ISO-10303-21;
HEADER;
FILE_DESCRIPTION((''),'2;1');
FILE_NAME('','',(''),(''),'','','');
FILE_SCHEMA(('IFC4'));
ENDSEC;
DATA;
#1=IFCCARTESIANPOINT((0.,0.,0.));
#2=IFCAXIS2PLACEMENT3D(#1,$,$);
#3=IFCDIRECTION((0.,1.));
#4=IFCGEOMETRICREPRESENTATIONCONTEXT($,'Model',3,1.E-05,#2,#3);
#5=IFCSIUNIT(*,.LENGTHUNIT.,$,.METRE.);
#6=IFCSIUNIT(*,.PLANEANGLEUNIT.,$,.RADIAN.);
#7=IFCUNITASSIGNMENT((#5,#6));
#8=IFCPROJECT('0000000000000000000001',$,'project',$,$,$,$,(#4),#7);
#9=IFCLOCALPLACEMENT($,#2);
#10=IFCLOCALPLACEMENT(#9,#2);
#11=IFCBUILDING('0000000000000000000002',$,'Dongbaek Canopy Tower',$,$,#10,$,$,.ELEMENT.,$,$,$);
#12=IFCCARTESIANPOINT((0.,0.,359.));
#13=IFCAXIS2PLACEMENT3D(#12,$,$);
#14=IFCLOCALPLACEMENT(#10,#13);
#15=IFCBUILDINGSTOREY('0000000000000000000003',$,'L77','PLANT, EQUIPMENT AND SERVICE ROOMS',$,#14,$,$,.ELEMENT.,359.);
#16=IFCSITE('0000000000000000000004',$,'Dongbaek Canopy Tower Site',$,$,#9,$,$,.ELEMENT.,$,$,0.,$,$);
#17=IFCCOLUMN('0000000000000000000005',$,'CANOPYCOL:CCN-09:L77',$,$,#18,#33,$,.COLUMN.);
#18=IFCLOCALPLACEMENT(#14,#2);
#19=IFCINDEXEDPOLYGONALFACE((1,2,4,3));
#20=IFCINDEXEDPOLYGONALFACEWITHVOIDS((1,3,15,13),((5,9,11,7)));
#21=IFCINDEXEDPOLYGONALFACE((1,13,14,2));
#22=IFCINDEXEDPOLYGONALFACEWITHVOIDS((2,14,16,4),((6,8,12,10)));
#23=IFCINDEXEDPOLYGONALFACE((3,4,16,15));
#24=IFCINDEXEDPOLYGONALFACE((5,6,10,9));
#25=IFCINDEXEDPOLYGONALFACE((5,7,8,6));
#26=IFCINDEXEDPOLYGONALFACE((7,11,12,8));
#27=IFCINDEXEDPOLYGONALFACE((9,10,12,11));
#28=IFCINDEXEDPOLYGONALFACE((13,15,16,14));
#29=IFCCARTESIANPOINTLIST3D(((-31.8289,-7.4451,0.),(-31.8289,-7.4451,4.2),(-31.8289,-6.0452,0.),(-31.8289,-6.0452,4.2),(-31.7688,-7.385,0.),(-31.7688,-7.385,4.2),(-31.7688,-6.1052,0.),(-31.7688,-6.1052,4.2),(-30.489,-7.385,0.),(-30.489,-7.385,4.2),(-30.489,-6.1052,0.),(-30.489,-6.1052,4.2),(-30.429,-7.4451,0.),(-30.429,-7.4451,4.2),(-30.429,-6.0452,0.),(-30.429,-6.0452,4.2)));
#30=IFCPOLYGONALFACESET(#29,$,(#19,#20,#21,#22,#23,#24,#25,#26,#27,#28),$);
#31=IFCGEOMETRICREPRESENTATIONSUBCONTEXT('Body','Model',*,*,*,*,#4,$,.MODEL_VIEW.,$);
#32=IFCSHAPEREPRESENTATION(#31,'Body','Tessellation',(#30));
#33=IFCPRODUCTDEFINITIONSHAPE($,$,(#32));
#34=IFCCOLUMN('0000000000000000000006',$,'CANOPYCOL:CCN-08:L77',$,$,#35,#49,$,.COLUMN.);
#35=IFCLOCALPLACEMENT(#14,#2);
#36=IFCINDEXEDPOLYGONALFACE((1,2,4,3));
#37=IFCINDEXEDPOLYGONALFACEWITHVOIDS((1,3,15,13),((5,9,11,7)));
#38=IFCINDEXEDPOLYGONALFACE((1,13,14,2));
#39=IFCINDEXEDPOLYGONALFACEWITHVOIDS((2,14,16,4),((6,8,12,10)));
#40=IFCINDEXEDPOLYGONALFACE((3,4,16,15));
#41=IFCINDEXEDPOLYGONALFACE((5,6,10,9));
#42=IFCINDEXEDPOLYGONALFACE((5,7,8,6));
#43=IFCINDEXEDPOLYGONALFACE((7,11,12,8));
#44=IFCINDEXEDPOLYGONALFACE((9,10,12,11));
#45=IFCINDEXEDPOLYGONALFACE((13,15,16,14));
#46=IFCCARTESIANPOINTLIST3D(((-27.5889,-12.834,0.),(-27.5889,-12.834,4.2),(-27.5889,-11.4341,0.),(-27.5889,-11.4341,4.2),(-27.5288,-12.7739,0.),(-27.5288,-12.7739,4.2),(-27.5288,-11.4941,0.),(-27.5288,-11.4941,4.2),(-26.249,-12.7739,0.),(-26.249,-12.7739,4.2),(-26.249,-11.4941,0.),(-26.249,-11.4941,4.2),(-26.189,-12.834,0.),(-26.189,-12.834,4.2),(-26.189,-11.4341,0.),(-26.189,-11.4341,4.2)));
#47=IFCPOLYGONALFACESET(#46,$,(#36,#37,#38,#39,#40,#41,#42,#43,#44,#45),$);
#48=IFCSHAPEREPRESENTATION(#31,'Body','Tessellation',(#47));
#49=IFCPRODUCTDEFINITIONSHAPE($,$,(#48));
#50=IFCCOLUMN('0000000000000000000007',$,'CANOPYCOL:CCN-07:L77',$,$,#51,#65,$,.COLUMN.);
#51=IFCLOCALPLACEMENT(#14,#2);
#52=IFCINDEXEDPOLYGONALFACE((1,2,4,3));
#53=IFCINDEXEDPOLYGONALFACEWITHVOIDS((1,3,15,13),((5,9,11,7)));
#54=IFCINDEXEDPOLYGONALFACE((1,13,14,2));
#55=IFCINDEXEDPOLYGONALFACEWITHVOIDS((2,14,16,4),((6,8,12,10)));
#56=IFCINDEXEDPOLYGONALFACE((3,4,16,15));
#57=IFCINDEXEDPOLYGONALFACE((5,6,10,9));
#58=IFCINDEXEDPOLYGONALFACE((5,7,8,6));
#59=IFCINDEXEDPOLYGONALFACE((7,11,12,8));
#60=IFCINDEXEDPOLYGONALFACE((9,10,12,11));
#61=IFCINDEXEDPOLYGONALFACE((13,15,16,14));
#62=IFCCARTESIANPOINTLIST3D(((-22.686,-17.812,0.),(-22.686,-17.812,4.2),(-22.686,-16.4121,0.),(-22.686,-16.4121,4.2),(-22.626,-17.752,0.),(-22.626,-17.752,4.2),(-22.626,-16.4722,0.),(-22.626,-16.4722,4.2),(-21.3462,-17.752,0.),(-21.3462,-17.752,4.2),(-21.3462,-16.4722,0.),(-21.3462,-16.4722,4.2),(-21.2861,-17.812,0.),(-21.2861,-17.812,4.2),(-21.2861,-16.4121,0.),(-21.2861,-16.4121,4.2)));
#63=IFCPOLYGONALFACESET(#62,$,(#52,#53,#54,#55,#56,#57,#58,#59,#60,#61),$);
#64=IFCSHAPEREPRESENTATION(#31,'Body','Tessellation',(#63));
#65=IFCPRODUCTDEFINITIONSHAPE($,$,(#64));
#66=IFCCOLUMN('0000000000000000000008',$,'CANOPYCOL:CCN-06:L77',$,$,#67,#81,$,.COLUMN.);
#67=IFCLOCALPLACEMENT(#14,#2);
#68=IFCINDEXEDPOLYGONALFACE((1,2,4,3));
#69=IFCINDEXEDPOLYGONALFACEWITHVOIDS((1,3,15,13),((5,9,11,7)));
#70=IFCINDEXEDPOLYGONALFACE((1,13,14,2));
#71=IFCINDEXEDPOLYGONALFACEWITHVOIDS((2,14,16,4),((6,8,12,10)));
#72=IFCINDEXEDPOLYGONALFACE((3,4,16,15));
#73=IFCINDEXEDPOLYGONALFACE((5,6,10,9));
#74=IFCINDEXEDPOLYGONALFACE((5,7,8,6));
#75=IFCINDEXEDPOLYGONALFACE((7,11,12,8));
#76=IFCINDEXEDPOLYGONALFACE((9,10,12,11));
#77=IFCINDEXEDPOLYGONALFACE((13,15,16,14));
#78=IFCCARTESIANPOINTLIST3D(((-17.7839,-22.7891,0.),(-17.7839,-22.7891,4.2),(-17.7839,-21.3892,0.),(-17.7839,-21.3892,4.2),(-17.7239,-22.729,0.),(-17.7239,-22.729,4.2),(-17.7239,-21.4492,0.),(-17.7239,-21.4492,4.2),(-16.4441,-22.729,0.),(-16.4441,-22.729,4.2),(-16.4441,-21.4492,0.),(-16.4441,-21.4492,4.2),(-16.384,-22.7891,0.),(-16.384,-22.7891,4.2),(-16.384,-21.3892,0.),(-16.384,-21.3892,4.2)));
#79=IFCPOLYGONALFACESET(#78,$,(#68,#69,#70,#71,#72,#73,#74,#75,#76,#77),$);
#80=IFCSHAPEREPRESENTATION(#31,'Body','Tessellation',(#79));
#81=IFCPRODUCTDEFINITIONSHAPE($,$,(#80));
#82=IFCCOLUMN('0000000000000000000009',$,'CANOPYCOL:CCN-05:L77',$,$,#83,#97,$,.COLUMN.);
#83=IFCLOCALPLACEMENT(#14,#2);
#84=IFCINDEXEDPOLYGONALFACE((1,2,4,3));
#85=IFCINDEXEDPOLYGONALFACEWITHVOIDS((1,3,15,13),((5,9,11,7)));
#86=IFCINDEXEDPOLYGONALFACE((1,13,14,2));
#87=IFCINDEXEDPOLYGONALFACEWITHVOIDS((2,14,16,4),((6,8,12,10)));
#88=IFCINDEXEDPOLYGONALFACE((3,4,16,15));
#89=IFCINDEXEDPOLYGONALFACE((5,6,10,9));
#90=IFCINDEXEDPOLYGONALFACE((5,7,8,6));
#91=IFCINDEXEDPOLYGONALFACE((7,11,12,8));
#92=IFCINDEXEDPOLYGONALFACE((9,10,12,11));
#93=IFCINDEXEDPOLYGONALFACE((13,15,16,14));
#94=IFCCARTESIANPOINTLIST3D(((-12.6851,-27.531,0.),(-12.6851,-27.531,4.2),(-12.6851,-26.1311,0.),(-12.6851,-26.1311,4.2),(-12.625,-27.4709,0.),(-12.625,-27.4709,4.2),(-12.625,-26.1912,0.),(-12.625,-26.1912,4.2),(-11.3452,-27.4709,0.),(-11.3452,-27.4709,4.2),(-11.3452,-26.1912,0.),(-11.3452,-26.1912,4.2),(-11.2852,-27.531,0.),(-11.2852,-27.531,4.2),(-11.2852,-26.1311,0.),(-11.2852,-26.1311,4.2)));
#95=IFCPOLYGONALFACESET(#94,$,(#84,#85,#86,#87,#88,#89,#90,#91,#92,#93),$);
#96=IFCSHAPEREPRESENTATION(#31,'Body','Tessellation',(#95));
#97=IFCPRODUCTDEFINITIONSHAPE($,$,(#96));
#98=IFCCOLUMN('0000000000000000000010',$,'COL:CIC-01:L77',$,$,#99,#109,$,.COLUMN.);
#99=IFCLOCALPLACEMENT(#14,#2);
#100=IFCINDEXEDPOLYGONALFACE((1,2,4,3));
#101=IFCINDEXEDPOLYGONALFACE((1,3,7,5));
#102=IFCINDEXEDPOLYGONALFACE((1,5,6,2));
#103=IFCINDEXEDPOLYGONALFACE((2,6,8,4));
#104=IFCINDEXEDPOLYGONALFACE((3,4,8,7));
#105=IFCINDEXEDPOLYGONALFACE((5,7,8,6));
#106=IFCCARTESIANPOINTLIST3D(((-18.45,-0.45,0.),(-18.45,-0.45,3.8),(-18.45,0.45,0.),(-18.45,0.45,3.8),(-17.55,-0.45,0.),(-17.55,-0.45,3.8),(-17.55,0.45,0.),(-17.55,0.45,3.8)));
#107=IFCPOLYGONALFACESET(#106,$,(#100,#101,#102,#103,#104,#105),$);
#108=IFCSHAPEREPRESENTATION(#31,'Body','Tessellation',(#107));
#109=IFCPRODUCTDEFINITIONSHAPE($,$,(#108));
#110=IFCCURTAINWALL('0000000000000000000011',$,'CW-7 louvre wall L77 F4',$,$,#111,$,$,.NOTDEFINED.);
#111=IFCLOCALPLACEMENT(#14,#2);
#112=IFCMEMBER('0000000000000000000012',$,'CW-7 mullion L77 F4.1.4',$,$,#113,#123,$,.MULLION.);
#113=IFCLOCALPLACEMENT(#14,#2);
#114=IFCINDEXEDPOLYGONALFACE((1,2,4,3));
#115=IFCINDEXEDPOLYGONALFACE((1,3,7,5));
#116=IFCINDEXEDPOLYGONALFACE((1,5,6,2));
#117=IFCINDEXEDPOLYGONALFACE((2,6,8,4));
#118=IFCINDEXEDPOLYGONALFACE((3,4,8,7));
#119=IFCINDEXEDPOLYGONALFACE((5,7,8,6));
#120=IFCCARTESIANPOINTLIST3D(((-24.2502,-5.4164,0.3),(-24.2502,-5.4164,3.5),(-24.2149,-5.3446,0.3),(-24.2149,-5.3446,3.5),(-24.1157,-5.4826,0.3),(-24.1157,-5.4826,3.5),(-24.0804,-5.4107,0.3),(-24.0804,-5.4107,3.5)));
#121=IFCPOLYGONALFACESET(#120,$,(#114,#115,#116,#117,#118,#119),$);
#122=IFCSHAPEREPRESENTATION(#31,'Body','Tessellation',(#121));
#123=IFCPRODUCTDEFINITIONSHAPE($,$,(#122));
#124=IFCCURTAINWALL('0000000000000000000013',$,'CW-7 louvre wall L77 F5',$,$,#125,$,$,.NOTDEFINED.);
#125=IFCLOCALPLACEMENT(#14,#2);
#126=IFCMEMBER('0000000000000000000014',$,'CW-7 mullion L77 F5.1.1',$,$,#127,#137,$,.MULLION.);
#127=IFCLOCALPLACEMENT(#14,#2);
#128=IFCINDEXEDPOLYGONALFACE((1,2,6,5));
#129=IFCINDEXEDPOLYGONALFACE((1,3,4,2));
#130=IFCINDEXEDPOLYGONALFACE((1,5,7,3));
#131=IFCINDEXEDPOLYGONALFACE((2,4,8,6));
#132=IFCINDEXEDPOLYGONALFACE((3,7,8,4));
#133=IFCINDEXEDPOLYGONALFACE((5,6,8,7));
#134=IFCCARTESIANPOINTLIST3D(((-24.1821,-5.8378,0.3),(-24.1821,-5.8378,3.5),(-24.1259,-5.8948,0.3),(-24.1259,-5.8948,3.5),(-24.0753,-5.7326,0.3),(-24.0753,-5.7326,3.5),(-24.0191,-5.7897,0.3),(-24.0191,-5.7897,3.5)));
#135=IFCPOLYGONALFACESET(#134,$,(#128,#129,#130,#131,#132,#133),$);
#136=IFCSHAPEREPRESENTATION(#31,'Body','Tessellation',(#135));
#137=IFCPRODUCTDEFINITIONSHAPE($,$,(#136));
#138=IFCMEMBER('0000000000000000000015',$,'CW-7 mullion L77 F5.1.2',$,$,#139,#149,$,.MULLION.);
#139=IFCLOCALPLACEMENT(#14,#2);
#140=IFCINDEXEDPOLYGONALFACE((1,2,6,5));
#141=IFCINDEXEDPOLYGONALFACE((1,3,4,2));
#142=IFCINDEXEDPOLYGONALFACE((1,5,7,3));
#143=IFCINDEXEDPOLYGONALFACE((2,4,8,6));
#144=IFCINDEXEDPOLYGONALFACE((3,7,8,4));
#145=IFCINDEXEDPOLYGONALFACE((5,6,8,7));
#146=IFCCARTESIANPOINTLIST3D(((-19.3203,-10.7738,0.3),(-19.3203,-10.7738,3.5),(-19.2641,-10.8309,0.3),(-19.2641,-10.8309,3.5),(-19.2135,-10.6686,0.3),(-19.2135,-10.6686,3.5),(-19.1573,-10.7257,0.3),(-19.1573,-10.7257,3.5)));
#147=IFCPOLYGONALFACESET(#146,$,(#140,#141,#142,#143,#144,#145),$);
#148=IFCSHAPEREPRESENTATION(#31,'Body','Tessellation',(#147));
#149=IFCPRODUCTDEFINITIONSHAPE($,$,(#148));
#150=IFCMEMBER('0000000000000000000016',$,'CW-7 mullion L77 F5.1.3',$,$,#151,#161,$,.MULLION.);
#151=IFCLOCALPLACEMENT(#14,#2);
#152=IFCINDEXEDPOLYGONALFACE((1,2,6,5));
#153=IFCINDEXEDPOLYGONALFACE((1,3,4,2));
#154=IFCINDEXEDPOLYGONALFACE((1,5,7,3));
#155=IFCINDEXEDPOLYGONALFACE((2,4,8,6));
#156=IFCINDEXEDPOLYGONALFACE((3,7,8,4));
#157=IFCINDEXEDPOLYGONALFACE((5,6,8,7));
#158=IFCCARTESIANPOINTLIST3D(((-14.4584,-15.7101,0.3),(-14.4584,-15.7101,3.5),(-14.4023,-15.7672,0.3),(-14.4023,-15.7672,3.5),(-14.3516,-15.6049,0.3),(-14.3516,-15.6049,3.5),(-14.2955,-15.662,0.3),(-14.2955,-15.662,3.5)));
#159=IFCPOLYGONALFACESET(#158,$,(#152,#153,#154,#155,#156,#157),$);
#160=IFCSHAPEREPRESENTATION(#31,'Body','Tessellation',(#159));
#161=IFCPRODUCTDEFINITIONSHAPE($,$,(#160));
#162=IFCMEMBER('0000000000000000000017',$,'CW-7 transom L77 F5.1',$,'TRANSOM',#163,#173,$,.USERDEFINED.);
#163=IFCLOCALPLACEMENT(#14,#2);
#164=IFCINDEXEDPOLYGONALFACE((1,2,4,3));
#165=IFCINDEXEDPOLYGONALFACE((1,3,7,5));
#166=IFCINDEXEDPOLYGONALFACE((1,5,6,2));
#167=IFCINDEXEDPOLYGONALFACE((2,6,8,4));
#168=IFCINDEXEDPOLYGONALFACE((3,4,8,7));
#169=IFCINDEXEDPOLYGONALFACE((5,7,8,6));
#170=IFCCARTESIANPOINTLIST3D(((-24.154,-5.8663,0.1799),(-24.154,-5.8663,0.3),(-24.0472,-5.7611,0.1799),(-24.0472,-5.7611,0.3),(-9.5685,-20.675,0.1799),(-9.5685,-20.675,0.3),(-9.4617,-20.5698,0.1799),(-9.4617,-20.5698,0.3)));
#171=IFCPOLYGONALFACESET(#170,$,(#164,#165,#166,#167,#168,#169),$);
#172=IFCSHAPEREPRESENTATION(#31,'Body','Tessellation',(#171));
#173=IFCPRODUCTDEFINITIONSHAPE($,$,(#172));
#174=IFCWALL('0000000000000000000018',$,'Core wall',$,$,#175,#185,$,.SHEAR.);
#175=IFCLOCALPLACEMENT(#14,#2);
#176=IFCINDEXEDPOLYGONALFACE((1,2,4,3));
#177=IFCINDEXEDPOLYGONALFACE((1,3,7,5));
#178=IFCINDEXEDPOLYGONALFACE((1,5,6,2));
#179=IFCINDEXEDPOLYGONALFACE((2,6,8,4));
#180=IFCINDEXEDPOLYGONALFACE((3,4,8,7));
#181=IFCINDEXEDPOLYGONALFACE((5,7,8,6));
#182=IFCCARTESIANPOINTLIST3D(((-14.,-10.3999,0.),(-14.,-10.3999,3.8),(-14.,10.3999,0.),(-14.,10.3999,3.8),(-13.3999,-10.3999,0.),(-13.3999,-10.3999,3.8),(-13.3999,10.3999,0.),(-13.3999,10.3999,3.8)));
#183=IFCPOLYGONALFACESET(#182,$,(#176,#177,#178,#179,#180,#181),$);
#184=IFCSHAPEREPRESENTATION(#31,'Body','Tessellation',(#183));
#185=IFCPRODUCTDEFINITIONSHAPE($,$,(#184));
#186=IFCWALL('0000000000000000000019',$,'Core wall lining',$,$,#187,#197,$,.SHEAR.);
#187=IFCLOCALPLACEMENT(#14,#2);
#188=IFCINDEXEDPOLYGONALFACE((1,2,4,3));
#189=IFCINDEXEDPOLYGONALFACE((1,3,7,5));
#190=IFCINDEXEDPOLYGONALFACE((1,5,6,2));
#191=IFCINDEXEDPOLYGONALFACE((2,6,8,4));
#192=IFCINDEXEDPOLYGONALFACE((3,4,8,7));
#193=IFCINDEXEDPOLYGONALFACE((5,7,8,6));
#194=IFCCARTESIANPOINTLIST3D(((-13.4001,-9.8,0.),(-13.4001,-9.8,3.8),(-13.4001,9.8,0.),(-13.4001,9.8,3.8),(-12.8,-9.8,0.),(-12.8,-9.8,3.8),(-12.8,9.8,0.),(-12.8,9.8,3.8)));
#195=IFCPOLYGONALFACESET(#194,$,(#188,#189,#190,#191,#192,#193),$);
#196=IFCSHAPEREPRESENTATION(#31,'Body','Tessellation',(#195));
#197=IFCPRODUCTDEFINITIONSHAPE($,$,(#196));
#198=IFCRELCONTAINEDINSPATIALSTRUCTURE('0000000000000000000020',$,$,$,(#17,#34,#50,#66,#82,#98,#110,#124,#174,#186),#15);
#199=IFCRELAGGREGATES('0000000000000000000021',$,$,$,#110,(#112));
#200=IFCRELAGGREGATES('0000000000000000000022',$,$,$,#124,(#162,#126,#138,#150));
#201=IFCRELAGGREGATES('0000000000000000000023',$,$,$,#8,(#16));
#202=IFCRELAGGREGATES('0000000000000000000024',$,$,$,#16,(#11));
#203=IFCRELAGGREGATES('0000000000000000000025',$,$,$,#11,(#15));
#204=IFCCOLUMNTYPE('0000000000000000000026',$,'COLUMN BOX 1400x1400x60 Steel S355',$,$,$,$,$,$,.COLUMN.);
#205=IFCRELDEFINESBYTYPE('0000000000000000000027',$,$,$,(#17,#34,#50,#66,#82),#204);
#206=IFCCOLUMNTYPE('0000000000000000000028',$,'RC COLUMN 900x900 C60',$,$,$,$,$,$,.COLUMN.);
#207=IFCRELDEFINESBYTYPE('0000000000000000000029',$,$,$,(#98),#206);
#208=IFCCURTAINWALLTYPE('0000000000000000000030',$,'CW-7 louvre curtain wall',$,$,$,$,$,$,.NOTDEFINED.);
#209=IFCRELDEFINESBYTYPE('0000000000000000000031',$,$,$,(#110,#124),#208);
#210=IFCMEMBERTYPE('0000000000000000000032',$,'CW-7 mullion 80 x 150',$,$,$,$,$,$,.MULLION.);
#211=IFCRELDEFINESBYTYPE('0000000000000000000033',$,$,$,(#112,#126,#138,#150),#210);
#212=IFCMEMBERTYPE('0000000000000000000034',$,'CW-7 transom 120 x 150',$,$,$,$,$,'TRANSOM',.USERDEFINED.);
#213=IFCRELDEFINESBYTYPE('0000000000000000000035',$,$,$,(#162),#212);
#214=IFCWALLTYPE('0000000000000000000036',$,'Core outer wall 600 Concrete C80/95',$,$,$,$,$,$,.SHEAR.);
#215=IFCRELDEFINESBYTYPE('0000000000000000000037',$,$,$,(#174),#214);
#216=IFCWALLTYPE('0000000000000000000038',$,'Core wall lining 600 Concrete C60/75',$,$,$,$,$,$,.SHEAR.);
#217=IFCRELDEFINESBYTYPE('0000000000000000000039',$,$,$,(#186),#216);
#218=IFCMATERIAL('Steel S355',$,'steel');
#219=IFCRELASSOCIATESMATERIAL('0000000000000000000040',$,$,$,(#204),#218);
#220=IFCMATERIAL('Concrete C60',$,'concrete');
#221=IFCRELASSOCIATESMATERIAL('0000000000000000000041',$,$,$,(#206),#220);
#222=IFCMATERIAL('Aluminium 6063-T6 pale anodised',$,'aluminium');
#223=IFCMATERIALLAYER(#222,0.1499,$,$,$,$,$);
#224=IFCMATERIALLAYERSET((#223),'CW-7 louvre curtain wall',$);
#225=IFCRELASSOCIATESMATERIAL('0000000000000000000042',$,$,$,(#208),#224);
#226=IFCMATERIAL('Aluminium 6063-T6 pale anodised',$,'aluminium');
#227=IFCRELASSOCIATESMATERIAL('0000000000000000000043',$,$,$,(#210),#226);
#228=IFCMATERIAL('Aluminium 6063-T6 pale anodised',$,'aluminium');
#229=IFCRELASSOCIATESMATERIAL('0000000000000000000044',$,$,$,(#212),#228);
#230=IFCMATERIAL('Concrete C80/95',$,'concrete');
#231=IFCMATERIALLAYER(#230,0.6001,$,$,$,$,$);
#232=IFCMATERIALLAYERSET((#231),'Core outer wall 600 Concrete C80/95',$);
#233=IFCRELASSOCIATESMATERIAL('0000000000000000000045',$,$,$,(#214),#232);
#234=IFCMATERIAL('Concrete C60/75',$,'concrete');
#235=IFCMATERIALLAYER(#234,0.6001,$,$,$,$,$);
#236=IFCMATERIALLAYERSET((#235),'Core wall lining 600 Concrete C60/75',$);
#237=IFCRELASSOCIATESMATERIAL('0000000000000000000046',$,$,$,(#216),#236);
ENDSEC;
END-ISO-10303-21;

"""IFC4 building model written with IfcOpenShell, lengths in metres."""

from ifc_helpers import new_model, si_unit, direction, frame, frame_2d, origin, origin_2d, place, context, subcontext, project, spatial, rectangle, hollow_rectangle, extrude, material, layer, layer_set, material_profile, profile_set, type_object, element, aggregate, save


model = new_model("IFC4")

# Units and contexts
model_context = context("Model", 3, precision=1e-05, world=origin(), true_north=direction((0.0, 1.0)))
body_context = subcontext(model_context, "Body", "Model", "MODEL_VIEW")
ifc_project = project(units=[si_unit("LENGTHUNIT", "METRE"), si_unit("PLANEANGLEUNIT", "RADIAN")], contexts=[model_context])

# Site, building, storey
site_placement = place(None, origin())
site = spatial("IfcSite", under=ifc_project, at=site_placement, Name="Dongbaek Canopy Tower Site", CompositionType="ELEMENT", RefElevation=0.0)
building_placement = place(site_placement, origin())
building = spatial("IfcBuilding", under=site, at=building_placement, Name="Dongbaek Canopy Tower", CompositionType="ELEMENT")
storey_placement = place(building_placement, frame((0.0, 0.0, 359.0)))
storey = spatial("IfcBuildingStorey", under=building, at=storey_placement, Name="L77", Description="PLANT, EQUIPMENT AND SERVICE ROOMS", CompositionType="ELEMENT", Elevation=359.0)

# Columns
ifc_material_1 = material(Name="Steel S355", Category="steel")
ifc_material_profile_1 = material_profile(ifc_material_1, hollow_rectangle(XDim=1.3999, YDim=1.3999, WallThickness=0.0601, at=origin_2d()), Name="COLUMN BOX 1400x1400x60 Steel S355")
ifc_profile_set_1 = profile_set([ifc_material_profile_1], Name="Steel S355")
column_type_1 = type_object("IfcColumnType", Name="COLUMN BOX 1400x1400x60 Steel S355", PredefinedType="COLUMN", material=ifc_profile_set_1)
for number, where, z_axis, x_axis, name in (
    (1, (-31.1289, -6.7451, 0.0), (0.0, 0.0, 1.0), (1.0, 0.0, 0.0), "CANOPYCOL:CCN-09:L77"),
    (2, (-26.8889, -12.134, 0.0), (0.0, 0.0, 1.0), (1.0, 0.0, 0.0), "CANOPYCOL:CCN-08:L77"),
    (3, (-21.9861, -17.1121, 0.0), (0.0, 0.0, 1.0), (1.0, 0.0, 0.0), "CANOPYCOL:CCN-07:L77"),
    (4, (-17.084, -22.0891, 0.0), (0.0, 0.0, 1.0), (1.0, 0.0, 0.0), "CANOPYCOL:CCN-06:L77"),
    (5, (-11.9851, -26.8311, 0.0), (0.0, 0.0, 1.0), (1.0, 0.0, 0.0), "CANOPYCOL:CCN-05:L77"),
):
    element("IfcColumn", number, at=place(storey_placement, frame(where, z_axis=z_axis, x_axis=x_axis)), inside=storey, type_object=column_type_1, Name=name, PredefinedType="COLUMN", context=body_context, shape_type="SweptSolid", body=[
        extrude(hollow_rectangle(XDim=1.3999, YDim=1.3999, WallThickness=0.0601, at=origin_2d()), origin(), (0.0, 0.0, 1.0), 4.2),
    ])
ifc_material_2 = material(Name="Concrete C60", Category="concrete")
ifc_material_profile_2 = material_profile(ifc_material_2, rectangle(XDim=0.8999, YDim=0.8999, at=origin_2d()), Name="RC COLUMN 900x900 C60")
ifc_profile_set_2 = profile_set([ifc_material_profile_2], Name="Concrete C60")
column_type_2 = type_object("IfcColumnType", Name="RC COLUMN 900x900 C60", PredefinedType="COLUMN", material=ifc_profile_set_2)
column_placement = place(storey_placement, frame((-18.0, 0.0, 0.0), z_axis=(0.0, 0.0, 1.0), x_axis=(1.0, 0.0, 0.0)))
element("IfcColumn", 6, at=column_placement, inside=storey, type_object=column_type_2, Name="COL:CIC-01:L77", PredefinedType="COLUMN", context=body_context, shape_type="SweptSolid", body=[
    extrude(rectangle(XDim=0.8999, YDim=0.8999, at=origin_2d()), origin(), (0.0, 0.0, 1.0), 3.8),
])

# Curtain wall, member
ifc_material_3 = material(Name="Aluminium 6063-T6 pale anodised", Category="aluminium")
ifc_layer_1 = layer(ifc_material_3, 0.1499)
ifc_layer_set_1 = layer_set([ifc_layer_1], Name="CW-7 louvre curtain wall")
curtain_wall_type = type_object("IfcCurtainWallType", Name="CW-7 louvre curtain wall", PredefinedType="NOTDEFINED", material=ifc_layer_set_1)
curtain_wall_1_placement = place(storey_placement, origin())
curtain_wall_1 = element("IfcCurtainWall", 7, at=curtain_wall_1_placement, inside=storey, type_object=curtain_wall_type, Name="CW-7 louvre wall L77 F4", PredefinedType="NOTDEFINED")
ifc_material_4 = material(Name="Aluminium 6063-T6 pale anodised", Category="aluminium")
ifc_material_profile_3 = material_profile(ifc_material_4, rectangle(XDim=0.1499, YDim=0.0801, at=origin_2d()), Name="CW-7 mullion 80 x 150")
ifc_profile_set_3 = profile_set([ifc_material_profile_3], Name="Aluminium 6063-T6 pale anodised")
member_type_1 = type_object("IfcMemberType", Name="CW-7 mullion 80 x 150", PredefinedType="MULLION", material=ifc_profile_set_3)
member_1_placement = place(storey_placement, frame((-24.1653, -5.4136, 0.3), z_axis=(0.0, 0.0, 1.0), x_axis=(-0.897339, 0.441342, 0.0)))
member_1 = element("IfcMember", 8, at=member_1_placement, type_object=member_type_1, Name="CW-7 mullion L77 F4.1.4", PredefinedType="MULLION", context=body_context, shape_type="SweptSolid", body=[
    extrude(rectangle(XDim=0.1499, YDim=0.0801, at=origin_2d()), origin(), (0.0, 0.0, 1.0), 3.2),
])

# Curtain wall, members
curtain_wall_2_placement = place(storey_placement, origin())
curtain_wall_2 = element("IfcCurtainWall", 9, at=curtain_wall_2_placement, inside=storey, type_object=curtain_wall_type, Name="CW-7 louvre wall L77 F5", PredefinedType="NOTDEFINED")
member_2_placement = place(storey_placement, frame((-24.1006, -5.8137, 0.3), z_axis=(0.0, 0.0, 1.0), x_axis=(-0.712455, -0.701718, 0.0)))
member_2 = element("IfcMember", 10, at=member_2_placement, type_object=member_type_1, Name="CW-7 mullion L77 F5.1.1", PredefinedType="MULLION", context=body_context, shape_type="SweptSolid", body=[
    extrude(rectangle(XDim=0.1499, YDim=0.0801, at=origin_2d()), origin(), (0.0, 0.0, 1.0), 3.2),
])
member_3_placement = place(storey_placement, frame((-19.2388, -10.7498, 0.3), z_axis=(0.0, 0.0, 1.0), x_axis=(-0.712455, -0.701718, 0.0)))
member_3 = element("IfcMember", 11, at=member_3_placement, type_object=member_type_1, Name="CW-7 mullion L77 F5.1.2", PredefinedType="MULLION", context=body_context, shape_type="SweptSolid", body=[
    extrude(rectangle(XDim=0.1499, YDim=0.0801, at=origin_2d()), origin(), (0.0, 0.0, 1.0), 3.2),
])
member_4_placement = place(storey_placement, frame((-14.377, -15.686, 0.3), z_axis=(0.0, 0.0, 1.0), x_axis=(-0.712455, -0.701718, 0.0)))
member_4 = element("IfcMember", 12, at=member_4_placement, type_object=member_type_1, Name="CW-7 mullion L77 F5.1.3", PredefinedType="MULLION", context=body_context, shape_type="SweptSolid", body=[
    extrude(rectangle(XDim=0.1499, YDim=0.0801, at=origin_2d()), origin(), (0.0, 0.0, 1.0), 3.2),
])
ifc_material_5 = material(Name="Aluminium 6063-T6 pale anodised", Category="aluminium")
ifc_material_profile_4 = material_profile(ifc_material_5, rectangle(XDim=0.1499, YDim=0.1201, at=origin_2d()), Name="CW-7 transom 120 x 150")
ifc_profile_set_4 = profile_set([ifc_material_profile_4], Name="Aluminium 6063-T6 pale anodised")
member_type_2 = type_object("IfcMemberType", Name="CW-7 transom 120 x 150", ElementType="TRANSOM", PredefinedType="USERDEFINED", material=ifc_profile_set_4)
member_5_placement = place(storey_placement, frame((-24.1006, -5.8137, 0.24), z_axis=(0.701719, -0.712454, 0.0), x_axis=(0.712454, 0.701719, 0.0)))
member_5 = element("IfcMember", 13, at=member_5_placement, type_object=member_type_2, Name="CW-7 transom L77 F5.1", ObjectType="TRANSOM", PredefinedType="USERDEFINED", context=body_context, shape_type="SweptSolid", body=[
    extrude(rectangle(XDim=0.1499, YDim=0.1201, at=origin_2d()), origin(), (0.0, 0.0, 1.0), 20.7854),
])

# Walls
ifc_material_6 = material(Name="Concrete C80/95", Category="concrete")
ifc_layer_2 = layer(ifc_material_6, 0.6001)
ifc_layer_set_2 = layer_set([ifc_layer_2], Name="Core outer wall 600 Concrete C80/95")
wall_type_1 = type_object("IfcWallType", Name="Core outer wall 600 Concrete C80/95", PredefinedType="SHEAR", material=ifc_layer_set_2)
wall_1_placement = place(storey_placement, frame((-13.7, -10.3999, 0.0), z_axis=(0.0, 0.0, 1.0), x_axis=(0.0, 1.0, 0.0)))
element("IfcWall", 14, at=wall_1_placement, inside=storey, type_object=wall_type_1, Name="Core wall", PredefinedType="SHEAR", context=body_context, shape_type="SweptSolid", body=[
    extrude(rectangle(XDim=20.7998, YDim=0.6001, at=frame_2d((10.3999, 0.0))), origin(), (0.0, 0.0, 1.0), 3.8),
])
ifc_material_7 = material(Name="Concrete C60/75", Category="concrete")
ifc_layer_3 = layer(ifc_material_7, 0.6001)
ifc_layer_set_3 = layer_set([ifc_layer_3], Name="Core wall lining 600 Concrete C60/75")
wall_type_2 = type_object("IfcWallType", Name="Core wall lining 600 Concrete C60/75", PredefinedType="SHEAR", material=ifc_layer_set_3)
wall_2_placement = place(storey_placement, frame((-13.1001, -9.8, 0.0), z_axis=(0.0, 0.0, 1.0), x_axis=(0.0, 1.0, 0.0)))
element("IfcWall", 15, at=wall_2_placement, inside=storey, type_object=wall_type_2, Name="Core wall lining", PredefinedType="SHEAR", context=body_context, shape_type="SweptSolid", body=[
    extrude(rectangle(XDim=19.6001, YDim=0.6001, at=frame_2d((9.8, 0.0))), origin(), (0.0, 0.0, 1.0), 3.8),
])

aggregate(curtain_wall_1, [member_1])
aggregate(curtain_wall_2, [member_5, member_2, member_3, member_4])

save(model, "model.ifc")
